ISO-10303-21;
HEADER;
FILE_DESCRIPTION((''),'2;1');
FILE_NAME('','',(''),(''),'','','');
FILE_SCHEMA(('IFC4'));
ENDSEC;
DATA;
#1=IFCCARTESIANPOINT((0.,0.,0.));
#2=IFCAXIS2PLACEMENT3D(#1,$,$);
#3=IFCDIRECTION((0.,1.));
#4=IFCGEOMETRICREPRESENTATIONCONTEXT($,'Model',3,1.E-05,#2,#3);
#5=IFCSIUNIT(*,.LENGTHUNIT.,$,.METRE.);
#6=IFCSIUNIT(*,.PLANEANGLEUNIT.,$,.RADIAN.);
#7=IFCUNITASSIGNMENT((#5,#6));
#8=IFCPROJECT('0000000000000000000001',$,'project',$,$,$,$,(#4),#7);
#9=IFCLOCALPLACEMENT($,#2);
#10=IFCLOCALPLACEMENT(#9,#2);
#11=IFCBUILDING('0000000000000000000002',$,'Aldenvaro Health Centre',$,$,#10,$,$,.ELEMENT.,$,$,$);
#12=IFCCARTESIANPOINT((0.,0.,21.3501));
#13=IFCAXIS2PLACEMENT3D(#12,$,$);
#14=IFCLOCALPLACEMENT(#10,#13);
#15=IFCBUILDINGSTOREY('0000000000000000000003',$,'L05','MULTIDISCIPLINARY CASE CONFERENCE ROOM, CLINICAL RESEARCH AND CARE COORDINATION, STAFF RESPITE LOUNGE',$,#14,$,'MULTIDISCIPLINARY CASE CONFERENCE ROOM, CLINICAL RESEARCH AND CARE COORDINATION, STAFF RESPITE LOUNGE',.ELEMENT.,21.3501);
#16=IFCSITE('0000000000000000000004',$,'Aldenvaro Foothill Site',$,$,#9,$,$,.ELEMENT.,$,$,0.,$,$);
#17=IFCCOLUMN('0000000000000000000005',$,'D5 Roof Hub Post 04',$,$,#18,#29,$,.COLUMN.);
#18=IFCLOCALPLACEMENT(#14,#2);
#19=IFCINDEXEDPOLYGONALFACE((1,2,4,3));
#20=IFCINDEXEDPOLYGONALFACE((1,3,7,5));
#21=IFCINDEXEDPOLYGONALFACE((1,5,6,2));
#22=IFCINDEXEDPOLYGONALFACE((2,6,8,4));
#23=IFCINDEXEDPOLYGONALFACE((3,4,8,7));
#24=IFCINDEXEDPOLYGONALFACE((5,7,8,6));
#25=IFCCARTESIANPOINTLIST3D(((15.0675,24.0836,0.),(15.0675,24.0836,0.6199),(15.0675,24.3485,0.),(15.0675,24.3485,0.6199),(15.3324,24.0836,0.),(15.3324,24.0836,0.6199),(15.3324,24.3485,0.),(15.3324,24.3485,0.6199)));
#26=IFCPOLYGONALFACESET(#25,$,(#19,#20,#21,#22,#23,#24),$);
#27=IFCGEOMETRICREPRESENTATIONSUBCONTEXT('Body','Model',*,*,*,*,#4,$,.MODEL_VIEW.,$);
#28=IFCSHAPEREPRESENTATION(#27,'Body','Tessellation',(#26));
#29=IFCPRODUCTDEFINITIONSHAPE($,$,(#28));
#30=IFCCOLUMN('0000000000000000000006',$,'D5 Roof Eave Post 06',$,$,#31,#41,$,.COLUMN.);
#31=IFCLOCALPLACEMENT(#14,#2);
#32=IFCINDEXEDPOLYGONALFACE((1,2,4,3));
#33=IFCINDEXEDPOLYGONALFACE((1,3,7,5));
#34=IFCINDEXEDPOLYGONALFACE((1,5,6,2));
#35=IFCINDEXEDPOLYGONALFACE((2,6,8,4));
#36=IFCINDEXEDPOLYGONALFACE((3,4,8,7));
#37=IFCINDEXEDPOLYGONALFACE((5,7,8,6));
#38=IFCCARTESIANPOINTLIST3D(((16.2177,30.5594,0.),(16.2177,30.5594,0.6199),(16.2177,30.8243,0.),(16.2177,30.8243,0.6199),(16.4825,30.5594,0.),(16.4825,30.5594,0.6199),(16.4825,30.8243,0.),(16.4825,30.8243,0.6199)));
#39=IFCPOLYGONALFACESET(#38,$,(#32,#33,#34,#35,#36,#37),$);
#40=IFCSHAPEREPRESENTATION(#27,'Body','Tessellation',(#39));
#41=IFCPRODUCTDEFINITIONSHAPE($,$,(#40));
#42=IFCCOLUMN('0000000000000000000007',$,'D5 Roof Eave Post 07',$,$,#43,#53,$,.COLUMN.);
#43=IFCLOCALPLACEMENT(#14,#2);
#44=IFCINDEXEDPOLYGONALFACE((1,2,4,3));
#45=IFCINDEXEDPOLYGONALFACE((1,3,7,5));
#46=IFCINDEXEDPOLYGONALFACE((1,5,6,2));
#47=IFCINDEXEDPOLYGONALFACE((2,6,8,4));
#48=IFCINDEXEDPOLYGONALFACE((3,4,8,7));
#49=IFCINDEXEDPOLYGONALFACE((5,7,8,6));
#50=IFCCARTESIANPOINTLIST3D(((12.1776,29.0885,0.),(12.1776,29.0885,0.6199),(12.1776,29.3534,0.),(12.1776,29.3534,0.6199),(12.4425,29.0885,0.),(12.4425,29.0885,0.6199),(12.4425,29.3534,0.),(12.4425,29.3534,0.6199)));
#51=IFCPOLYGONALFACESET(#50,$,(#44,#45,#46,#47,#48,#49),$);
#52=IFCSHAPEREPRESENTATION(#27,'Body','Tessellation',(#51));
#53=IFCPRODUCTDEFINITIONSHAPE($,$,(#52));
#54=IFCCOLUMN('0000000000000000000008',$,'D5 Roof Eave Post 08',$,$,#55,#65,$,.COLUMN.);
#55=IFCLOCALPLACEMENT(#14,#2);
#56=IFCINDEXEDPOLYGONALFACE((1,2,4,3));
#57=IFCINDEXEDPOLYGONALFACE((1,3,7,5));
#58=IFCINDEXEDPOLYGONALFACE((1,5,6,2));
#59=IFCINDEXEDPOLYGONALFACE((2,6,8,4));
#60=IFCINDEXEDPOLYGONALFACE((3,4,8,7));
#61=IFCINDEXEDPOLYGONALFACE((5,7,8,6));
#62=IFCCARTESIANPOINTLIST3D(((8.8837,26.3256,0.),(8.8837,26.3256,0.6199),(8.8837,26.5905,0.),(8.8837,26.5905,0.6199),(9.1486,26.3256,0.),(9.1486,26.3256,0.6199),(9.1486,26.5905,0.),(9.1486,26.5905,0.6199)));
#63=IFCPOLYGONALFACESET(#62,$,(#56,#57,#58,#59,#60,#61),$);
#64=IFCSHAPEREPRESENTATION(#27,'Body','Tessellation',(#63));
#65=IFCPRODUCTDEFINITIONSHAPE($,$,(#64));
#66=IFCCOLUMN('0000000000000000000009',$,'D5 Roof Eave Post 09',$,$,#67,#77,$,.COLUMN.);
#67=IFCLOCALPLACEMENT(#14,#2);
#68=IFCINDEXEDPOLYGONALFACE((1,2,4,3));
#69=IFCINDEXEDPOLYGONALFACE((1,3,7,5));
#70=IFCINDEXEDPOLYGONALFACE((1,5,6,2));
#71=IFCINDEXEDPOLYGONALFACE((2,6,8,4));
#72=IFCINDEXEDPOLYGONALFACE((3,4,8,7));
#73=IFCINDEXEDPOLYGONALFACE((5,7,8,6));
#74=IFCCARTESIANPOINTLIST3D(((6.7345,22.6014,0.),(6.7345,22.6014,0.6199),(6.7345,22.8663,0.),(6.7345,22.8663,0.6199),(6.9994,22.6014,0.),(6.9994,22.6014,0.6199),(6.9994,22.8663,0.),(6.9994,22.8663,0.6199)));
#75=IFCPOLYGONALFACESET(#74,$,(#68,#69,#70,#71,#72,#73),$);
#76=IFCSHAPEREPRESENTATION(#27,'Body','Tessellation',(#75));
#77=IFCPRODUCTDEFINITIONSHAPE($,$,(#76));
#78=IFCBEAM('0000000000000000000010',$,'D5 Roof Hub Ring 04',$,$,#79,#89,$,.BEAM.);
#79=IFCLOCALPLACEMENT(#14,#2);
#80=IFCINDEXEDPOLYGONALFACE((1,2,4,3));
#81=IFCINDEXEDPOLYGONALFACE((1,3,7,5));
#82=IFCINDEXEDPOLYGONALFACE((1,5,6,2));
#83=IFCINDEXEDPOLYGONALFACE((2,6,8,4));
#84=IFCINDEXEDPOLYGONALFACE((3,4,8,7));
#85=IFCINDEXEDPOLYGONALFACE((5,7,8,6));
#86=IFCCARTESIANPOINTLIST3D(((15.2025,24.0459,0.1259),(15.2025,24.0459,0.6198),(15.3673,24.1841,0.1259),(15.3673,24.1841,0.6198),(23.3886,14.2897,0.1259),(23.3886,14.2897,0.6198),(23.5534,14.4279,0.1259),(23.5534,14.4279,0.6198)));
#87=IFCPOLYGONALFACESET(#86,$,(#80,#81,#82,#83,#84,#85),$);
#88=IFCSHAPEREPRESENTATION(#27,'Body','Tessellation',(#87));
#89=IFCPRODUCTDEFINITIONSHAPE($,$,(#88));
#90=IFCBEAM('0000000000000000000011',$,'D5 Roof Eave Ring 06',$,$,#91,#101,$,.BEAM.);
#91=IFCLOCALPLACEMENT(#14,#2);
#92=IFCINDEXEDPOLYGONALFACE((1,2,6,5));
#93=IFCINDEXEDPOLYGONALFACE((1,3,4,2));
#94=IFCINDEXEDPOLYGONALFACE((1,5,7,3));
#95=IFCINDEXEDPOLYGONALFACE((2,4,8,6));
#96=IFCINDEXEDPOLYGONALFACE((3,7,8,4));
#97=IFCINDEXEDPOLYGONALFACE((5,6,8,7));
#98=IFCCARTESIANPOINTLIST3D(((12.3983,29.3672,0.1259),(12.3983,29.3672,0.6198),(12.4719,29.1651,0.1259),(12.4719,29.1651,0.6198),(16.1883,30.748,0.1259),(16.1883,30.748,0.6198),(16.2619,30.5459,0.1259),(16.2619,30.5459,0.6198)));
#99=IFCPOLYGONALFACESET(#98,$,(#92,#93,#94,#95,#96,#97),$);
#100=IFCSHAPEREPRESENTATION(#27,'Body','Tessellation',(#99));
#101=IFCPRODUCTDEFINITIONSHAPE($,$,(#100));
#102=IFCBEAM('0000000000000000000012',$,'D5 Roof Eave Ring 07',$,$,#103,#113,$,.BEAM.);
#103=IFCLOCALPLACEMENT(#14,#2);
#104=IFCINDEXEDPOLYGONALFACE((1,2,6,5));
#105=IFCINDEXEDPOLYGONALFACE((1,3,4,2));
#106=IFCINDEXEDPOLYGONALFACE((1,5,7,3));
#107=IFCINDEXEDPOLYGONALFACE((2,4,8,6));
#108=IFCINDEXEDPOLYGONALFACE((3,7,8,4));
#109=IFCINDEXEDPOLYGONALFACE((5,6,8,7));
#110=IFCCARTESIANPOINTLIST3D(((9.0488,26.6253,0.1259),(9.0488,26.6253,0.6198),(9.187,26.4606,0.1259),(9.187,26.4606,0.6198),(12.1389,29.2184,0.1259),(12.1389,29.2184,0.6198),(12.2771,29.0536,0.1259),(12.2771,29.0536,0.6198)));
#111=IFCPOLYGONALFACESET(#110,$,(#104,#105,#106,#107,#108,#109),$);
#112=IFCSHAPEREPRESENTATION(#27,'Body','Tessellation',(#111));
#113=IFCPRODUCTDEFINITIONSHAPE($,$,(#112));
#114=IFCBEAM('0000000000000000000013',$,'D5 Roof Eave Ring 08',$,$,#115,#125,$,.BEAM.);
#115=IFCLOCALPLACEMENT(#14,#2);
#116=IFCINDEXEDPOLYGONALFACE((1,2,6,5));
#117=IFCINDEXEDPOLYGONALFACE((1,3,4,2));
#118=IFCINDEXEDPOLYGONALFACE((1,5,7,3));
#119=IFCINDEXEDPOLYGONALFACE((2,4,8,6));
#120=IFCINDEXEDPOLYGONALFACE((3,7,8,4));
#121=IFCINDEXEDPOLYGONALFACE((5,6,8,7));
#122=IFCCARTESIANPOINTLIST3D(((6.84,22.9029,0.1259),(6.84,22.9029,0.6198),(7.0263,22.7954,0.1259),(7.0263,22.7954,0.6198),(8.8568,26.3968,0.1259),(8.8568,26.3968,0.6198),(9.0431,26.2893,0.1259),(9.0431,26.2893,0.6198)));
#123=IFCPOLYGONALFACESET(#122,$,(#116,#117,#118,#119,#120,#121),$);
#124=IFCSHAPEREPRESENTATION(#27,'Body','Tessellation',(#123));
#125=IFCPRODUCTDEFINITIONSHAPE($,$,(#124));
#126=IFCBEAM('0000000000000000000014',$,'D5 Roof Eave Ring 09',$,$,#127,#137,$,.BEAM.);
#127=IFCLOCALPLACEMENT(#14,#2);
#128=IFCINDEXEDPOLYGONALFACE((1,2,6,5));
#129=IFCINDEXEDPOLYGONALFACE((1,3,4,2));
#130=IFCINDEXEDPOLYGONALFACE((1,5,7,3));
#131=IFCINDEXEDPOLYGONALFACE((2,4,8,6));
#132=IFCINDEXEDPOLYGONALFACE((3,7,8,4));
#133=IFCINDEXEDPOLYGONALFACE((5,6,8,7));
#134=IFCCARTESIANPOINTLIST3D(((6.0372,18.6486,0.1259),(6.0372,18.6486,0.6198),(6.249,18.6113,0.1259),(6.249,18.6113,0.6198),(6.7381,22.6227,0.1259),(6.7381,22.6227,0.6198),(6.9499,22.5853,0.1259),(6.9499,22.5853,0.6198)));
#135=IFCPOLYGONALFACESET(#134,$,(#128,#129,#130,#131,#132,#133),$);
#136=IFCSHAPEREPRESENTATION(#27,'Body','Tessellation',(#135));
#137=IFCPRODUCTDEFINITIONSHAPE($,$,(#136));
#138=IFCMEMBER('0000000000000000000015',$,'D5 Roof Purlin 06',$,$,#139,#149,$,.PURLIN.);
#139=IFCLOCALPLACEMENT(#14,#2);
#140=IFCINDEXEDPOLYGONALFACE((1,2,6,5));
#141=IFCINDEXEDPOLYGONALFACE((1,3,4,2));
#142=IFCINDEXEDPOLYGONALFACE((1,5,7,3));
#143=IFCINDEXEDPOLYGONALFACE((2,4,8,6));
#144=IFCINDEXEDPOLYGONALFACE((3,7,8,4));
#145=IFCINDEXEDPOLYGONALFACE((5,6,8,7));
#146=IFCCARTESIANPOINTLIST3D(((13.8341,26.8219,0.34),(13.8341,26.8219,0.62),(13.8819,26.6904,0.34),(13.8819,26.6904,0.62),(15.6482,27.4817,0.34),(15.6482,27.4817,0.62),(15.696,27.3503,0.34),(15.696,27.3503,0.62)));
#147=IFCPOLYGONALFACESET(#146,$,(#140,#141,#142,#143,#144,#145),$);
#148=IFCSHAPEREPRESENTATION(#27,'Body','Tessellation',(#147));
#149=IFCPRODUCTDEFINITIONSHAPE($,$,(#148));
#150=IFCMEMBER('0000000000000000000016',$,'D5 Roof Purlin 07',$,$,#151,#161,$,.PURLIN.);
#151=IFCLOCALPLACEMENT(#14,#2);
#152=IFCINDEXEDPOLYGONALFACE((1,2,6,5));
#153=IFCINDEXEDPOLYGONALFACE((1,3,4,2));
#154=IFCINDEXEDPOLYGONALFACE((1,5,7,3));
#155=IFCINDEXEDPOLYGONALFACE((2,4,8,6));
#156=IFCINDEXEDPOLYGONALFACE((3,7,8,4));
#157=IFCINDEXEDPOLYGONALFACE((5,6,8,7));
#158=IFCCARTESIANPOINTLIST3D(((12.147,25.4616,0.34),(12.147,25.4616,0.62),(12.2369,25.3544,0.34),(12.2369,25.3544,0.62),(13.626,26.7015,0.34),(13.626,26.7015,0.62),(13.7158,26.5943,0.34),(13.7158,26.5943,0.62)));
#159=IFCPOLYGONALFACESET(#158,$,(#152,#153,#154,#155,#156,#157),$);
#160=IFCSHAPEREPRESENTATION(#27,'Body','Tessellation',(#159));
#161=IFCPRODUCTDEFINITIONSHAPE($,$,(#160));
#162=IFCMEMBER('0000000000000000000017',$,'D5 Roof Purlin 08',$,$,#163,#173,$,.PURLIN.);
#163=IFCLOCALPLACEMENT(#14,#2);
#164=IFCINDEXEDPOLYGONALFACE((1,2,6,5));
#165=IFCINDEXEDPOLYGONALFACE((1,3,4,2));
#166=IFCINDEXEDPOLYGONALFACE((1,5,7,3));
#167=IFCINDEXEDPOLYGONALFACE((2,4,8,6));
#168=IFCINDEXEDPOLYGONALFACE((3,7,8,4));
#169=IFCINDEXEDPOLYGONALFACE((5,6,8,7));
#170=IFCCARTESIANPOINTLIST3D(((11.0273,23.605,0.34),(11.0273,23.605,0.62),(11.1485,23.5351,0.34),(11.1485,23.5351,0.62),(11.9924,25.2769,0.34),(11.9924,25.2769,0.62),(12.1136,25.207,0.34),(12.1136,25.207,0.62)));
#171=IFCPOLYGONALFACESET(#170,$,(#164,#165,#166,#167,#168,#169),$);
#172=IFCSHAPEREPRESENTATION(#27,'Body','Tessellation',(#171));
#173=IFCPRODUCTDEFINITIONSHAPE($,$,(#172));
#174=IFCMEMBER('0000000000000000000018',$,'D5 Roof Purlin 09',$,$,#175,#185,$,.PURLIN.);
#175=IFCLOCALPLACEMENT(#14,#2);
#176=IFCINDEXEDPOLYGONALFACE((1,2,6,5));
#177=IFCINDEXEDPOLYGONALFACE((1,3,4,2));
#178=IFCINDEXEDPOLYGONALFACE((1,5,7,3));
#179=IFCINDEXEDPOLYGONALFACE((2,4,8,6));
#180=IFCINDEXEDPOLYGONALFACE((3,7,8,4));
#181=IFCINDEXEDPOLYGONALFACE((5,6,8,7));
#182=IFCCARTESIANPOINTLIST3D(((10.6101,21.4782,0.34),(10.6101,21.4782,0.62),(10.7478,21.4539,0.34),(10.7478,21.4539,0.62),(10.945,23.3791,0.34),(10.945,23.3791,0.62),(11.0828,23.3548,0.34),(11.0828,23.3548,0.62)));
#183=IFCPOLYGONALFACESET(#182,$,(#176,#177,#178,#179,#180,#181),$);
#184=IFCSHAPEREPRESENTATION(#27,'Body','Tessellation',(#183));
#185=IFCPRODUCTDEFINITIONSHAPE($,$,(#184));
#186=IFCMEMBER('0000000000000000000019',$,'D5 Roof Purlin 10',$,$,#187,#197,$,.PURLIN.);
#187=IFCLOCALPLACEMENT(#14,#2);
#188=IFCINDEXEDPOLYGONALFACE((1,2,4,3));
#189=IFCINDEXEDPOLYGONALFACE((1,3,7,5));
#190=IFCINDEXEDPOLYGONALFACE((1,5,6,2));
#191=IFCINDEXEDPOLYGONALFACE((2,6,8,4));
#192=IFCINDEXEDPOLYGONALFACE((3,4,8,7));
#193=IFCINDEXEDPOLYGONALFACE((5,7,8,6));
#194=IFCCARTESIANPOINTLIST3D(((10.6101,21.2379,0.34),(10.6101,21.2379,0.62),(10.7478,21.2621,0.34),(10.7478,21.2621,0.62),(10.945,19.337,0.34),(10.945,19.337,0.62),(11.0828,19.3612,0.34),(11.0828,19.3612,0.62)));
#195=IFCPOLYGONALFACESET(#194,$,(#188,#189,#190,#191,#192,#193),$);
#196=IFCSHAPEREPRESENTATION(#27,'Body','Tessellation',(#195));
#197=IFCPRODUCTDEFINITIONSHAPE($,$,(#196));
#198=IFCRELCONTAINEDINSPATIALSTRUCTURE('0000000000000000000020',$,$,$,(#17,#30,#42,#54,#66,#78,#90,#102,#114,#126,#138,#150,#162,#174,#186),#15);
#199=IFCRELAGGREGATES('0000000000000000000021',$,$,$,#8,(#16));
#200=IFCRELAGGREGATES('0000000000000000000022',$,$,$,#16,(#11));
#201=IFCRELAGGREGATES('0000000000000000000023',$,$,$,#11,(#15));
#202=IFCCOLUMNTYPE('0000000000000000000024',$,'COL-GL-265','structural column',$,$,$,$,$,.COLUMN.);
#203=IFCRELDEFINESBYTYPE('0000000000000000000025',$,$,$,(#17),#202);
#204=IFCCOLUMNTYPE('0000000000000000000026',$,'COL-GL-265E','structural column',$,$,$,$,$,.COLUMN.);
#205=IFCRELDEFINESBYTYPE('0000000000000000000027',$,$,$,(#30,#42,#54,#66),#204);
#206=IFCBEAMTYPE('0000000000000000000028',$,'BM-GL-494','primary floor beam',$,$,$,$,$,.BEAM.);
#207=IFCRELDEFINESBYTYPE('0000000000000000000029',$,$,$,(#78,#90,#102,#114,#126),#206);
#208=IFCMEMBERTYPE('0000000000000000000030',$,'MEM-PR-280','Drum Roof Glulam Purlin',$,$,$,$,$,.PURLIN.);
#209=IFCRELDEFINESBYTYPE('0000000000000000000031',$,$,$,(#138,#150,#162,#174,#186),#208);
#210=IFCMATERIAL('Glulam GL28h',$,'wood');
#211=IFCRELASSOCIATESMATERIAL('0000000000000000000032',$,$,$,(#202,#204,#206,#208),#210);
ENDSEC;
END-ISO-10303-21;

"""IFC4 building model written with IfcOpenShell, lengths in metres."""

from ifc_helpers import new_model, si_unit, direction, frame, origin, origin_2d, place, context, subcontext, project, spatial, rectangle, extrude, material, material_profile, profile_set, type_object, element, save


model = new_model("IFC4")

# Units and contexts
model_context = context("Model", 3, precision=1e-05, world=origin(), true_north=direction((0.0, 1.0)))
body_context = subcontext(model_context, "Body", "Model", "MODEL_VIEW")
ifc_project = project(units=[si_unit("LENGTHUNIT", "METRE"), si_unit("PLANEANGLEUNIT", "RADIAN")], contexts=[model_context])

# Site, building, storey
site_placement = place(None, origin())
site = spatial("IfcSite", under=ifc_project, at=site_placement, Name="Aldenvaro Foothill Site", CompositionType="ELEMENT", RefElevation=0.0)
building_placement = place(site_placement, origin())
building = spatial("IfcBuilding", under=site, at=building_placement, Name="Aldenvaro Health Centre", CompositionType="ELEMENT")
storey_placement = place(building_placement, frame((0.0, 0.0, 21.3501)))
storey = spatial("IfcBuildingStorey", under=building, at=storey_placement, Name="L05", Description="MULTIDISCIPLINARY CASE CONFERENCE ROOM, CLINICAL RESEARCH AND CARE COORDINATION, STAFF RESPITE LOUNGE", LongName="MULTIDISCIPLINARY CASE CONFERENCE ROOM, CLINICAL RESEARCH AND CARE COORDINATION, STAFF RESPITE LOUNGE", CompositionType="ELEMENT", Elevation=21.3501)

# Columns
ifc_material_1 = material(Name="Glulam GL28h", Category="wood")
ifc_material_profile_1 = material_profile(ifc_material_1, rectangle(XDim=0.2649, YDim=0.2649, at=origin_2d()), Name="GL 265x265", Category="wood")
ifc_profile_set_1 = profile_set([ifc_material_profile_1], Name="Glulam GL28h")
column_type_1 = type_object("IfcColumnType", Name="COL-GL-265", Description="structural column", PredefinedType="COLUMN", material=ifc_profile_set_1)
column_placement = place(storey_placement, frame((15.2, 24.2161, 0.0), z_axis=(0.0, 0.0, 1.0), x_axis=(1.0, 0.0, 0.0)))
element("IfcColumn", 1, at=column_placement, inside=storey, type_object=column_type_1, Name="D5 Roof Hub Post 04", PredefinedType="COLUMN", context=body_context, shape_type="SweptSolid", body=[
    extrude(rectangle(XDim=0.2649, YDim=0.2649, at=origin_2d()), origin(), (0.0, 0.0, 1.0), 0.6199),
])
ifc_material_profile_2 = material_profile(ifc_material_1, rectangle(XDim=0.2649, YDim=0.2649, at=origin_2d()), Name="GL 265x265", Category="wood")
ifc_profile_set_2 = profile_set([ifc_material_profile_2], Name="Glulam GL28h")
column_type_2 = type_object("IfcColumnType", Name="COL-GL-265E", Description="structural column", PredefinedType="COLUMN", material=ifc_profile_set_2)
for number, where, z_axis, x_axis, name in (
    (2, (16.3501, 30.6919, 0.0), (0.0, 0.0, 1.0), (1.0, 0.0, 0.0), "D5 Roof Eave Post 06"),
    (3, (12.3101, 29.2209, 0.0), (0.0, 0.0, 1.0), (1.0, 0.0, 0.0), "D5 Roof Eave Post 07"),
    (4, (9.0161, 26.458, 0.0), (0.0, 0.0, 1.0), (1.0, 0.0, 0.0), "D5 Roof Eave Post 08"),
    (5, (6.8669, 22.7339, 0.0), (0.0, 0.0, 1.0), (1.0, 0.0, 0.0), "D5 Roof Eave Post 09"),
):
    element("IfcColumn", number, at=place(storey_placement, frame(where, z_axis=z_axis, x_axis=x_axis)), inside=storey, type_object=column_type_2, Name=name, PredefinedType="COLUMN", context=body_context, shape_type="SweptSolid", body=[
        extrude(rectangle(XDim=0.2649, YDim=0.2649, at=origin_2d()), origin(), (0.0, 0.0, 1.0), 0.6199),
    ])

# Beams
ifc_material_profile_3 = material_profile(ifc_material_1, rectangle(XDim=0.2151, YDim=0.4939, at=origin_2d()), Name="GL 215x494", Category="wood")
ifc_profile_set_3 = profile_set([ifc_material_profile_3], Name="Glulam GL28h")
beam_type = type_object("IfcBeamType", Name="BM-GL-494", Description="primary floor beam", PredefinedType="BEAM", material=ifc_profile_set_3)
beam_1_placement = place(storey_placement, frame((15.2849, 24.115, 0.3728), z_axis=(0.642773, -0.766056, 0.0), x_axis=(0.766056, 0.642773, 0.0)))
element("IfcBeam", 6, at=beam_1_placement, inside=storey, type_object=beam_type, Name="D5 Roof Hub Ring 04", PredefinedType="BEAM", context=body_context, shape_type="SweptSolid", body=[
    extrude(rectangle(XDim=0.2151, YDim=0.4939, at=origin_2d()), origin(), (0.0, 0.0, 1.0), 12.7356),
])
beam_2_placement = place(storey_placement, frame((16.2251, 30.647, 0.3728), z_axis=(-0.939581, -0.342326, 0.0), x_axis=(0.342326, -0.939581, 0.0)))
element("IfcBeam", 7, at=beam_2_placement, inside=storey, type_object=beam_type, Name="D5 Roof Eave Ring 06", PredefinedType="BEAM", context=body_context, shape_type="SweptSolid", body=[
    extrude(rectangle(XDim=0.2151, YDim=0.4939, at=origin_2d()), origin(), (0.0, 0.0, 1.0), 4.0337),
])
beam_3_placement = place(storey_placement, frame((12.208, 29.136, 0.3728), z_axis=(-0.766029, -0.642806, 0.0), x_axis=(0.642806, -0.766029, 0.0)))
element("IfcBeam", 8, at=beam_3_placement, inside=storey, type_object=beam_type, Name="D5 Roof Eave Ring 07", PredefinedType="BEAM", context=body_context, shape_type="SweptSolid", body=[
    extrude(rectangle(XDim=0.2151, YDim=0.4939, at=origin_2d()), origin(), (0.0, 0.0, 1.0), 4.0339),
])
beam_4_placement = place(storey_placement, frame((8.95, 26.343, 0.3728), z_axis=(-0.499934, -0.866064, 0.0), x_axis=(0.866064, -0.499934, 0.0)))
element("IfcBeam", 9, at=beam_4_placement, inside=storey, type_object=beam_type, Name="D5 Roof Eave Ring 08", PredefinedType="BEAM", context=body_context, shape_type="SweptSolid", body=[
    extrude(rectangle(XDim=0.2151, YDim=0.4939, at=origin_2d()), origin(), (0.0, 0.0, 1.0), 4.0342),
])
beam_5_placement = place(storey_placement, frame((6.844, 22.604, 0.3728), z_axis=(-0.173692, -0.9848, 0.0), x_axis=(0.9848, -0.173692, 0.0)))
element("IfcBeam", 10, at=beam_5_placement, inside=storey, type_object=beam_type, Name="D5 Roof Eave Ring 09", PredefinedType="BEAM", context=body_context, shape_type="SweptSolid", body=[
    extrude(rectangle(XDim=0.2151, YDim=0.4939, at=origin_2d()), origin(), (0.0, 0.0, 1.0), 4.0354),
])

# Members
ifc_material_profile_4 = material_profile(ifc_material_1, rectangle(XDim=0.1399, YDim=0.28, at=origin_2d()), Name="GL 140x280", Category="wood")
ifc_profile_set_4 = profile_set([ifc_material_profile_4], Name="Glulam GL28h")
member_type_1 = type_object("IfcMemberType", Name="MEM-PR-280", Description="Drum Roof Glulam Purlin", PredefinedType="PURLIN", material=ifc_profile_set_4)
member_1_placement = place(storey_placement, frame((15.6721, 27.416, 0.48), z_axis=(-0.93976, -0.341834, 0.0), x_axis=(0.341834, -0.93976, 0.0)))
element("IfcMember", 11, at=member_1_placement, inside=storey, type_object=member_type_1, Name="D5 Roof Purlin 06", PredefinedType="PURLIN", context=body_context, shape_type="SweptSolid", body=[
    extrude(rectangle(XDim=0.1399, YDim=0.28, at=origin_2d()), origin(), (0.0, 0.0, 1.0), 1.9304),
])
member_2_placement = place(storey_placement, frame((13.6709, 26.6479, 0.48), z_axis=(-0.76631, -0.642471, 0.0), x_axis=(0.642471, -0.76631, 0.0)))
element("IfcMember", 12, at=member_2_placement, inside=storey, type_object=member_type_1, Name="D5 Roof Purlin 07", PredefinedType="PURLIN", context=body_context, shape_type="SweptSolid", body=[
    extrude(rectangle(XDim=0.1399, YDim=0.28, at=origin_2d()), origin(), (0.0, 0.0, 1.0), 1.9299),
])
member_3_placement = place(storey_placement, frame((12.053, 25.2419, 0.48), z_axis=(-0.499934, -0.866063, 0.0), x_axis=(0.866063, -0.499934, 0.0)))
element("IfcMember", 13, at=member_3_placement, inside=storey, type_object=member_type_1, Name="D5 Roof Purlin 08", PredefinedType="PURLIN", context=body_context, shape_type="SweptSolid", body=[
    extrude(rectangle(XDim=0.1399, YDim=0.28, at=origin_2d()), origin(), (0.0, 0.0, 1.0), 1.9304),
])
for number, where, z_axis, x_axis, name in (
    (14, (11.0139, 23.3669, 0.48), (-0.17354, -0.984827, 0.0), (0.984827, -0.17354, 0.0), "D5 Roof Purlin 09"),
    (15, (10.679, 21.25, 0.48), (0.17354, -0.984827, 0.0), (0.984827, 0.17354, 0.0), "D5 Roof Purlin 10"),
):
    element("IfcMember", number, at=place(storey_placement, frame(where, z_axis=z_axis, x_axis=x_axis)), inside=storey, type_object=member_type_1, Name=name, PredefinedType="PURLIN", context=body_context, shape_type="SweptSolid", body=[
        extrude(rectangle(XDim=0.1399, YDim=0.28, at=origin_2d()), origin(), (0.0, 0.0, 1.0), 1.9302),
    ])

save(model, "model.ifc")
